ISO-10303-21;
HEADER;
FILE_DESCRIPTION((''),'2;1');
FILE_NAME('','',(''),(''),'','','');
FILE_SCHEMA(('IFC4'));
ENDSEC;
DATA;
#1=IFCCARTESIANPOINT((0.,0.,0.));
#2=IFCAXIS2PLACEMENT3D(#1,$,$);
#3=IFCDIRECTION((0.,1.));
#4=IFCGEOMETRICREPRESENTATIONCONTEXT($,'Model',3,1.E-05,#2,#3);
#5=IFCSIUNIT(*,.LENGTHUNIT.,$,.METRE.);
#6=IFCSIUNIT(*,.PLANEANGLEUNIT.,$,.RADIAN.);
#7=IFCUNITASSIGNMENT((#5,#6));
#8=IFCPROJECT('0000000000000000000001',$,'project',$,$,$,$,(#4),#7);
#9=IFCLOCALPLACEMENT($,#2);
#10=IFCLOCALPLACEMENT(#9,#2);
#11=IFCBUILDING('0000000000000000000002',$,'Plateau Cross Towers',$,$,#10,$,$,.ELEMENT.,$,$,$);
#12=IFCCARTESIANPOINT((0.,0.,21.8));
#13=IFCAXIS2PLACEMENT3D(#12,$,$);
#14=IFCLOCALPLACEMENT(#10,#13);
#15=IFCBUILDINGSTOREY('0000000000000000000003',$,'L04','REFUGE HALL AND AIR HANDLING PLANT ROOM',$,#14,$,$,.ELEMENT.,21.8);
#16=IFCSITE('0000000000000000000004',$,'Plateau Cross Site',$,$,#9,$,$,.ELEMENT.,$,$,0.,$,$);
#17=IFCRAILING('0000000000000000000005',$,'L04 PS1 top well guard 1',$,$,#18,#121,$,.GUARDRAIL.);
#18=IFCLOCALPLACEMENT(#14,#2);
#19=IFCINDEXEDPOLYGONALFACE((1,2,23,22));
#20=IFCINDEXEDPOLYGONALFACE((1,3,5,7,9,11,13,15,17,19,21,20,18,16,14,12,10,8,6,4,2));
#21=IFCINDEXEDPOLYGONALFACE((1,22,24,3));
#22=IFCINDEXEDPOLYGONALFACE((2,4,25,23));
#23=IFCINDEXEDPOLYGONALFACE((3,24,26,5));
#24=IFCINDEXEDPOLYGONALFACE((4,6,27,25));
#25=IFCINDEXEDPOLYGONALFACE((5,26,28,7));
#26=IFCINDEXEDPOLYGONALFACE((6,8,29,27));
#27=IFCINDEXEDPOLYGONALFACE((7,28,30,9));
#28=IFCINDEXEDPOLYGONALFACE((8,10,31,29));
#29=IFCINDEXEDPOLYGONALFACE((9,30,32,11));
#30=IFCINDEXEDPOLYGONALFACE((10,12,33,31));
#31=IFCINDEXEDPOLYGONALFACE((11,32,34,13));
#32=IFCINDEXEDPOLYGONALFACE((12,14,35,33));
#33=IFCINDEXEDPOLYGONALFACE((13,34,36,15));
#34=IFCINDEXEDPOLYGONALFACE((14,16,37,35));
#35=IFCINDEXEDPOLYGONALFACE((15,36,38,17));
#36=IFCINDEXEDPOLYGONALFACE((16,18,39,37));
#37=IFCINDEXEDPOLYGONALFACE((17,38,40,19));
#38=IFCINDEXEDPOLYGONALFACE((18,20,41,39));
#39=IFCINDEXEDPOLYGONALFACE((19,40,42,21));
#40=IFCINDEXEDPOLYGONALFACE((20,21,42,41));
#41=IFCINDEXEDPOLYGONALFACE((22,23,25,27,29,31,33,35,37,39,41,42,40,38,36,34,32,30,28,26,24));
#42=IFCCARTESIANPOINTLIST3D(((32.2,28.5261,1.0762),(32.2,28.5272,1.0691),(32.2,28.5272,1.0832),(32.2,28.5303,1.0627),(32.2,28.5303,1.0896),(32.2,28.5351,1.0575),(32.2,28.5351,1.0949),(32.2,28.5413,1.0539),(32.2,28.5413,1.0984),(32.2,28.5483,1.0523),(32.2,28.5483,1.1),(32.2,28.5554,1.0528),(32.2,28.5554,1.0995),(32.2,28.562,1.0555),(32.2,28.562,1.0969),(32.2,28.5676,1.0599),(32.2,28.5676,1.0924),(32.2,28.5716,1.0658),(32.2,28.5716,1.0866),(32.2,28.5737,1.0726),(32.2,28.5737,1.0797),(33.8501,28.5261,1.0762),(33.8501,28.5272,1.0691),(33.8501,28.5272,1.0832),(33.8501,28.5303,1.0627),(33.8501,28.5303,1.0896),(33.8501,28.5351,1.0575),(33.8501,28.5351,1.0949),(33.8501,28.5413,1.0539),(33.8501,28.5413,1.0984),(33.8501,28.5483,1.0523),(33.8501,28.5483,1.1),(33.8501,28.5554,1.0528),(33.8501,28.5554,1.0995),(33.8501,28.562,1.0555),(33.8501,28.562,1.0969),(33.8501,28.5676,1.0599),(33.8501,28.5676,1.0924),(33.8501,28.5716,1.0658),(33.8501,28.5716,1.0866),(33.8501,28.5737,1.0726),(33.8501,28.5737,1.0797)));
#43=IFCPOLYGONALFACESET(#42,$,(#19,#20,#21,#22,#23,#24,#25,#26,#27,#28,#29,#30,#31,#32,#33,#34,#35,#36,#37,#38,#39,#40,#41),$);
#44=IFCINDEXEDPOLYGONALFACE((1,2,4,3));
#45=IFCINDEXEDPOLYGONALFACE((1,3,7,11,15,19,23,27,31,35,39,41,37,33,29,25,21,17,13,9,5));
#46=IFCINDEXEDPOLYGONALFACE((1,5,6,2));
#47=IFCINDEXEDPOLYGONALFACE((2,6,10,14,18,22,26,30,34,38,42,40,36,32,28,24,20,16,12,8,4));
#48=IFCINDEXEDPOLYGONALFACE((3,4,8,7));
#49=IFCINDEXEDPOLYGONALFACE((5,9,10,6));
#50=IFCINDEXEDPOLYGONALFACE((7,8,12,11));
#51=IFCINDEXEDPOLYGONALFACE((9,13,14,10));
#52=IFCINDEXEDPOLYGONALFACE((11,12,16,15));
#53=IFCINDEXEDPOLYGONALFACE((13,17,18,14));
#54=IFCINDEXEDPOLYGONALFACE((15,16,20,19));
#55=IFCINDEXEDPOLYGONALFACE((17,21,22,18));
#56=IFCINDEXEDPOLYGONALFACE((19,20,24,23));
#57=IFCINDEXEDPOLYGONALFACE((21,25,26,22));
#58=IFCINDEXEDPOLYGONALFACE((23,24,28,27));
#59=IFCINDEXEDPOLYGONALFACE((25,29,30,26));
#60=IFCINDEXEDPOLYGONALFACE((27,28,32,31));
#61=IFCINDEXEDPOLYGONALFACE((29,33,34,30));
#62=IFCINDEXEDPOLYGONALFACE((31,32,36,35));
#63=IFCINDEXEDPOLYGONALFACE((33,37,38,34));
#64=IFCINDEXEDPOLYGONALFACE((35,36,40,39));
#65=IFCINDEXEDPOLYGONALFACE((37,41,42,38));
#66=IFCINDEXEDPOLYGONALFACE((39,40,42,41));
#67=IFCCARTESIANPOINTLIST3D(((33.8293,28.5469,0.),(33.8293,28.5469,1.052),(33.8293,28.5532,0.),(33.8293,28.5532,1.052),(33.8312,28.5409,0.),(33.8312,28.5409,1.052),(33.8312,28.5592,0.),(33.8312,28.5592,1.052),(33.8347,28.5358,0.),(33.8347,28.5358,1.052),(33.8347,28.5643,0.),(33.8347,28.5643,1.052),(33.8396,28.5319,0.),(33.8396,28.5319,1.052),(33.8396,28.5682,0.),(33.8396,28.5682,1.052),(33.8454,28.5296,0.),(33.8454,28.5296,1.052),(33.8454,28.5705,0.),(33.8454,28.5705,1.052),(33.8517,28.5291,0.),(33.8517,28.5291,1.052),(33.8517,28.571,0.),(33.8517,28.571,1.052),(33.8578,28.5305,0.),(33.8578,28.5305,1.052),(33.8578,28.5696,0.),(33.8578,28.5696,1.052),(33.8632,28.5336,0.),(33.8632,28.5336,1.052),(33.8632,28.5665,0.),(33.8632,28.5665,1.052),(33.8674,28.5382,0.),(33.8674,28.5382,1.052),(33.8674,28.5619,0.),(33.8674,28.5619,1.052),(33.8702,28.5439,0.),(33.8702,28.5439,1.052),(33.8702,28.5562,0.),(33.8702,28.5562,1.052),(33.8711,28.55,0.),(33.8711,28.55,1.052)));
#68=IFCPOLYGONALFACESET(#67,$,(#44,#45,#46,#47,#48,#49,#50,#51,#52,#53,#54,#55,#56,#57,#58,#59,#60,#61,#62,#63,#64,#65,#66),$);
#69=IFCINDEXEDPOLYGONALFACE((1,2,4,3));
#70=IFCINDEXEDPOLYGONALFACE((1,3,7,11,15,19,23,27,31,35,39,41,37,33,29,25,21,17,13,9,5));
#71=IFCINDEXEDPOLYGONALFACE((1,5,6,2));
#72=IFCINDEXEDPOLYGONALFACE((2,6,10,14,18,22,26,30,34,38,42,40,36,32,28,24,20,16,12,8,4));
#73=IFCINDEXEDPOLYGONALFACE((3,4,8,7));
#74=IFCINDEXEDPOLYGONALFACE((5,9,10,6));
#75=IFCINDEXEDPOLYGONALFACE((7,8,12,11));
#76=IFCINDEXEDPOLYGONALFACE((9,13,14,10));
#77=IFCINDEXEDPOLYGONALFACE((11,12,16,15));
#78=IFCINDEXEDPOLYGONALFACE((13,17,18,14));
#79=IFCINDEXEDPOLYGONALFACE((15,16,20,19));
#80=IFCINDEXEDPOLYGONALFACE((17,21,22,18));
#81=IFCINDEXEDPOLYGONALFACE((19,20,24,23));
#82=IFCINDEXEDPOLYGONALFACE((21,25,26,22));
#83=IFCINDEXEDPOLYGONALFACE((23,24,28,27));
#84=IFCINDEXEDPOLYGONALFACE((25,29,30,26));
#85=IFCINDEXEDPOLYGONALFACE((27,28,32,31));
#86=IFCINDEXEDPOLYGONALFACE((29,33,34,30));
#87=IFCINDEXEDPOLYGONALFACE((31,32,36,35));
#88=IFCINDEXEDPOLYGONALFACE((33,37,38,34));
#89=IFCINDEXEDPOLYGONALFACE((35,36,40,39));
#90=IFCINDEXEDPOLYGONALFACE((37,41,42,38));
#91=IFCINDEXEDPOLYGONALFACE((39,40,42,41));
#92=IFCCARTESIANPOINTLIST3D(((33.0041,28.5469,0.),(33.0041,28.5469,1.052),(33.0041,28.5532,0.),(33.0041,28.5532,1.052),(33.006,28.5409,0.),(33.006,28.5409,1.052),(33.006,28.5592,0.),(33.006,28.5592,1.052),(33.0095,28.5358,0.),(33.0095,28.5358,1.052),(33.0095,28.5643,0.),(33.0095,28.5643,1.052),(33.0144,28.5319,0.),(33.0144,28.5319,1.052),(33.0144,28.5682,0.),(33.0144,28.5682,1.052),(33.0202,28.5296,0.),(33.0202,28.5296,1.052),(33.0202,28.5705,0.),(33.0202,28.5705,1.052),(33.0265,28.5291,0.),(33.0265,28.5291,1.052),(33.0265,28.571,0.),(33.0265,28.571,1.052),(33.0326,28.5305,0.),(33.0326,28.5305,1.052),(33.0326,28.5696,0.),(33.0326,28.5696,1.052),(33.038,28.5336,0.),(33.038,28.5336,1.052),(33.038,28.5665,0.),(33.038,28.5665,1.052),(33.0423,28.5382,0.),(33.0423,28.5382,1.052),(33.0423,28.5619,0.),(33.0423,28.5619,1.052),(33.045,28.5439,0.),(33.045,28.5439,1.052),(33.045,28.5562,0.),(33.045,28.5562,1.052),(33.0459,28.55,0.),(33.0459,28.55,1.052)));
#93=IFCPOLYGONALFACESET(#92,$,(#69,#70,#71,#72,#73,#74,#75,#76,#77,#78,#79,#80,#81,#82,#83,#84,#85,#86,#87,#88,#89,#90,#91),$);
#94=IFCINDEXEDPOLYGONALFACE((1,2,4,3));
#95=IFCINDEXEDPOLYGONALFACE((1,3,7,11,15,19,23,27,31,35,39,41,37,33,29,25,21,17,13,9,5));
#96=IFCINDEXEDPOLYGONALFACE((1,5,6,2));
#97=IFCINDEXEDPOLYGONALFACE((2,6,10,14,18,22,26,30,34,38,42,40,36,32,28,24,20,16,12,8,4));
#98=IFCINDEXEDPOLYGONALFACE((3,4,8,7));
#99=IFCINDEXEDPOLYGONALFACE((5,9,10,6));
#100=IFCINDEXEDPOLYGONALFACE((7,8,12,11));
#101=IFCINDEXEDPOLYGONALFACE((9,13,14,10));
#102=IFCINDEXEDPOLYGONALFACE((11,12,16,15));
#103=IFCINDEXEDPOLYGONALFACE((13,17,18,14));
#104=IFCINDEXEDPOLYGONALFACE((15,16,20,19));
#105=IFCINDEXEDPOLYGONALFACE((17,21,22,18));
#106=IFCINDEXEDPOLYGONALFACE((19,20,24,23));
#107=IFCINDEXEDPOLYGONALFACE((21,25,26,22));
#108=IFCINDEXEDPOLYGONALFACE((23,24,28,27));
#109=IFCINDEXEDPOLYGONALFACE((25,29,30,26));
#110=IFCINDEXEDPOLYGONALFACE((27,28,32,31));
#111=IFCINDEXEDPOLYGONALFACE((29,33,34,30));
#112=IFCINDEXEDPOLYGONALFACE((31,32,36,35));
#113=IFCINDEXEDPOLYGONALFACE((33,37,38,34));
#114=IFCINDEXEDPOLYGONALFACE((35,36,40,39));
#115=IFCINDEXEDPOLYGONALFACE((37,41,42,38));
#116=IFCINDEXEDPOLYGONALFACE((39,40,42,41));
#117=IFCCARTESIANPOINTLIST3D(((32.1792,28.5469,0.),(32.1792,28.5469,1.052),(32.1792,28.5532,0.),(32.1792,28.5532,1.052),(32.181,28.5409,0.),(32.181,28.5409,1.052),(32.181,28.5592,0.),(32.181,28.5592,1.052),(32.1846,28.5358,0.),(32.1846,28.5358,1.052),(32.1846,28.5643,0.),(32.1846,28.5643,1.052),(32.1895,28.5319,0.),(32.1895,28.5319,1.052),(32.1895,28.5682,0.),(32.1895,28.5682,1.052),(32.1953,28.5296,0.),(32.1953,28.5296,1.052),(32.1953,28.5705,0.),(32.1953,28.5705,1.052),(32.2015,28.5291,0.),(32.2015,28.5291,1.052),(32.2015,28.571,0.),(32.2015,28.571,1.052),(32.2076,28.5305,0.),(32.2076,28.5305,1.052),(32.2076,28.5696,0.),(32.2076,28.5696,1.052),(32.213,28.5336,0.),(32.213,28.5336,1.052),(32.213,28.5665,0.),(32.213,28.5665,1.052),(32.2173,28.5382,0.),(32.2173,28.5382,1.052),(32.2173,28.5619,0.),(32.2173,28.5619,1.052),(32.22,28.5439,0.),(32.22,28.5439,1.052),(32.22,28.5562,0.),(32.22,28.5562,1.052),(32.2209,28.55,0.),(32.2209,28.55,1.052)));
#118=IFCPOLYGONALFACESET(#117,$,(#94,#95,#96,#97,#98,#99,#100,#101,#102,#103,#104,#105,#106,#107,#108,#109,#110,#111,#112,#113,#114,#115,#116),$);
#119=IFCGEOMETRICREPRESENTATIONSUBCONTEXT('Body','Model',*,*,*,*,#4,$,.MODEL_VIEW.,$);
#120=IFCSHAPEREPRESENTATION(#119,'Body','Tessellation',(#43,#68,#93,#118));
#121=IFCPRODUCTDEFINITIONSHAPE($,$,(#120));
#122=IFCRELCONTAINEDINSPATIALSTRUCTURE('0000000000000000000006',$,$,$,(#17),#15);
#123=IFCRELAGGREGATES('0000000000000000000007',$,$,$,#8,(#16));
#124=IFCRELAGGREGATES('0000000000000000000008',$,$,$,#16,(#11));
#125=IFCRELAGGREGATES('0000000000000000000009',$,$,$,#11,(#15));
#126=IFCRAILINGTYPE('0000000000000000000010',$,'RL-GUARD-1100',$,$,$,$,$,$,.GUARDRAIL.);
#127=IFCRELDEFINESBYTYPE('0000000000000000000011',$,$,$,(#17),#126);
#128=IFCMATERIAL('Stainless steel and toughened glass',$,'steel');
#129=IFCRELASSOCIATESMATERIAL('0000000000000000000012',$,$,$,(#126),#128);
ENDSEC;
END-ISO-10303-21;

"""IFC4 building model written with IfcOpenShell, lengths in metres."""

from ifc_helpers import new_model, si_unit, direction, frame, origin, origin_2d, place, context, subcontext, project, spatial, circle, extrude, material, type_object, element, save


model = new_model("IFC4")

# Units and contexts
model_context = context("Model", 3, precision=1e-05, world=origin(), true_north=direction((0.0, 1.0)))
body_context = subcontext(model_context, "Body", "Model", "MODEL_VIEW")
ifc_project = project(units=[si_unit("LENGTHUNIT", "METRE"), si_unit("PLANEANGLEUNIT", "RADIAN")], contexts=[model_context])

# Site, building, storey
site_placement = place(None, origin())
site = spatial("IfcSite", under=ifc_project, at=site_placement, Name="Plateau Cross Site", CompositionType="ELEMENT", RefElevation=0.0)
building_placement = place(site_placement, origin())
building = spatial("IfcBuilding", under=site, at=building_placement, Name="Plateau Cross Towers", CompositionType="ELEMENT")
storey_placement = place(building_placement, frame((0.0, 0.0, 21.8)))
storey = spatial("IfcBuildingStorey", under=building, at=storey_placement, Name="L04", Description="REFUGE HALL AND AIR HANDLING PLANT ROOM", CompositionType="ELEMENT", Elevation=21.8)

# Railing
ifc_material_1 = material(Name="Stainless steel and toughened glass", Category="steel")
railing_type = type_object("IfcRailingType", Name="RL-GUARD-1100", PredefinedType="GUARDRAIL", material=ifc_material_1)
railing_placement = place(storey_placement, frame((33.8501, 28.55, 0.0)))
element("IfcRailing", 1, at=railing_placement, inside=storey, type_object=railing_type, Name="L04 PS1 top well guard 1", PredefinedType="GUARDRAIL", context=body_context, shape_type="SweptSolid", body=[
    extrude(circle(Radius=0.0239, at=origin_2d()), frame((0.0, 0.0, 1.0762), z_axis=(-1.0, 0.0, 0.0), x_axis=(0.0, -1.0, 0.0)), (0.0, 0.0, 1.0), 1.6501),
    extrude(circle(Radius=0.021, at=origin_2d()), origin(), (0.0, 0.0, 1.0), 1.052),
    extrude(circle(Radius=0.021, at=origin_2d()), frame((-0.8252, 0.0, 0.0)), (0.0, 0.0, 1.0), 1.052),
    extrude(circle(Radius=0.021, at=origin_2d()), frame((-1.6501, 0.0, 0.0)), (0.0, 0.0, 1.0), 1.052),
])

save(model, "model.ifc")
